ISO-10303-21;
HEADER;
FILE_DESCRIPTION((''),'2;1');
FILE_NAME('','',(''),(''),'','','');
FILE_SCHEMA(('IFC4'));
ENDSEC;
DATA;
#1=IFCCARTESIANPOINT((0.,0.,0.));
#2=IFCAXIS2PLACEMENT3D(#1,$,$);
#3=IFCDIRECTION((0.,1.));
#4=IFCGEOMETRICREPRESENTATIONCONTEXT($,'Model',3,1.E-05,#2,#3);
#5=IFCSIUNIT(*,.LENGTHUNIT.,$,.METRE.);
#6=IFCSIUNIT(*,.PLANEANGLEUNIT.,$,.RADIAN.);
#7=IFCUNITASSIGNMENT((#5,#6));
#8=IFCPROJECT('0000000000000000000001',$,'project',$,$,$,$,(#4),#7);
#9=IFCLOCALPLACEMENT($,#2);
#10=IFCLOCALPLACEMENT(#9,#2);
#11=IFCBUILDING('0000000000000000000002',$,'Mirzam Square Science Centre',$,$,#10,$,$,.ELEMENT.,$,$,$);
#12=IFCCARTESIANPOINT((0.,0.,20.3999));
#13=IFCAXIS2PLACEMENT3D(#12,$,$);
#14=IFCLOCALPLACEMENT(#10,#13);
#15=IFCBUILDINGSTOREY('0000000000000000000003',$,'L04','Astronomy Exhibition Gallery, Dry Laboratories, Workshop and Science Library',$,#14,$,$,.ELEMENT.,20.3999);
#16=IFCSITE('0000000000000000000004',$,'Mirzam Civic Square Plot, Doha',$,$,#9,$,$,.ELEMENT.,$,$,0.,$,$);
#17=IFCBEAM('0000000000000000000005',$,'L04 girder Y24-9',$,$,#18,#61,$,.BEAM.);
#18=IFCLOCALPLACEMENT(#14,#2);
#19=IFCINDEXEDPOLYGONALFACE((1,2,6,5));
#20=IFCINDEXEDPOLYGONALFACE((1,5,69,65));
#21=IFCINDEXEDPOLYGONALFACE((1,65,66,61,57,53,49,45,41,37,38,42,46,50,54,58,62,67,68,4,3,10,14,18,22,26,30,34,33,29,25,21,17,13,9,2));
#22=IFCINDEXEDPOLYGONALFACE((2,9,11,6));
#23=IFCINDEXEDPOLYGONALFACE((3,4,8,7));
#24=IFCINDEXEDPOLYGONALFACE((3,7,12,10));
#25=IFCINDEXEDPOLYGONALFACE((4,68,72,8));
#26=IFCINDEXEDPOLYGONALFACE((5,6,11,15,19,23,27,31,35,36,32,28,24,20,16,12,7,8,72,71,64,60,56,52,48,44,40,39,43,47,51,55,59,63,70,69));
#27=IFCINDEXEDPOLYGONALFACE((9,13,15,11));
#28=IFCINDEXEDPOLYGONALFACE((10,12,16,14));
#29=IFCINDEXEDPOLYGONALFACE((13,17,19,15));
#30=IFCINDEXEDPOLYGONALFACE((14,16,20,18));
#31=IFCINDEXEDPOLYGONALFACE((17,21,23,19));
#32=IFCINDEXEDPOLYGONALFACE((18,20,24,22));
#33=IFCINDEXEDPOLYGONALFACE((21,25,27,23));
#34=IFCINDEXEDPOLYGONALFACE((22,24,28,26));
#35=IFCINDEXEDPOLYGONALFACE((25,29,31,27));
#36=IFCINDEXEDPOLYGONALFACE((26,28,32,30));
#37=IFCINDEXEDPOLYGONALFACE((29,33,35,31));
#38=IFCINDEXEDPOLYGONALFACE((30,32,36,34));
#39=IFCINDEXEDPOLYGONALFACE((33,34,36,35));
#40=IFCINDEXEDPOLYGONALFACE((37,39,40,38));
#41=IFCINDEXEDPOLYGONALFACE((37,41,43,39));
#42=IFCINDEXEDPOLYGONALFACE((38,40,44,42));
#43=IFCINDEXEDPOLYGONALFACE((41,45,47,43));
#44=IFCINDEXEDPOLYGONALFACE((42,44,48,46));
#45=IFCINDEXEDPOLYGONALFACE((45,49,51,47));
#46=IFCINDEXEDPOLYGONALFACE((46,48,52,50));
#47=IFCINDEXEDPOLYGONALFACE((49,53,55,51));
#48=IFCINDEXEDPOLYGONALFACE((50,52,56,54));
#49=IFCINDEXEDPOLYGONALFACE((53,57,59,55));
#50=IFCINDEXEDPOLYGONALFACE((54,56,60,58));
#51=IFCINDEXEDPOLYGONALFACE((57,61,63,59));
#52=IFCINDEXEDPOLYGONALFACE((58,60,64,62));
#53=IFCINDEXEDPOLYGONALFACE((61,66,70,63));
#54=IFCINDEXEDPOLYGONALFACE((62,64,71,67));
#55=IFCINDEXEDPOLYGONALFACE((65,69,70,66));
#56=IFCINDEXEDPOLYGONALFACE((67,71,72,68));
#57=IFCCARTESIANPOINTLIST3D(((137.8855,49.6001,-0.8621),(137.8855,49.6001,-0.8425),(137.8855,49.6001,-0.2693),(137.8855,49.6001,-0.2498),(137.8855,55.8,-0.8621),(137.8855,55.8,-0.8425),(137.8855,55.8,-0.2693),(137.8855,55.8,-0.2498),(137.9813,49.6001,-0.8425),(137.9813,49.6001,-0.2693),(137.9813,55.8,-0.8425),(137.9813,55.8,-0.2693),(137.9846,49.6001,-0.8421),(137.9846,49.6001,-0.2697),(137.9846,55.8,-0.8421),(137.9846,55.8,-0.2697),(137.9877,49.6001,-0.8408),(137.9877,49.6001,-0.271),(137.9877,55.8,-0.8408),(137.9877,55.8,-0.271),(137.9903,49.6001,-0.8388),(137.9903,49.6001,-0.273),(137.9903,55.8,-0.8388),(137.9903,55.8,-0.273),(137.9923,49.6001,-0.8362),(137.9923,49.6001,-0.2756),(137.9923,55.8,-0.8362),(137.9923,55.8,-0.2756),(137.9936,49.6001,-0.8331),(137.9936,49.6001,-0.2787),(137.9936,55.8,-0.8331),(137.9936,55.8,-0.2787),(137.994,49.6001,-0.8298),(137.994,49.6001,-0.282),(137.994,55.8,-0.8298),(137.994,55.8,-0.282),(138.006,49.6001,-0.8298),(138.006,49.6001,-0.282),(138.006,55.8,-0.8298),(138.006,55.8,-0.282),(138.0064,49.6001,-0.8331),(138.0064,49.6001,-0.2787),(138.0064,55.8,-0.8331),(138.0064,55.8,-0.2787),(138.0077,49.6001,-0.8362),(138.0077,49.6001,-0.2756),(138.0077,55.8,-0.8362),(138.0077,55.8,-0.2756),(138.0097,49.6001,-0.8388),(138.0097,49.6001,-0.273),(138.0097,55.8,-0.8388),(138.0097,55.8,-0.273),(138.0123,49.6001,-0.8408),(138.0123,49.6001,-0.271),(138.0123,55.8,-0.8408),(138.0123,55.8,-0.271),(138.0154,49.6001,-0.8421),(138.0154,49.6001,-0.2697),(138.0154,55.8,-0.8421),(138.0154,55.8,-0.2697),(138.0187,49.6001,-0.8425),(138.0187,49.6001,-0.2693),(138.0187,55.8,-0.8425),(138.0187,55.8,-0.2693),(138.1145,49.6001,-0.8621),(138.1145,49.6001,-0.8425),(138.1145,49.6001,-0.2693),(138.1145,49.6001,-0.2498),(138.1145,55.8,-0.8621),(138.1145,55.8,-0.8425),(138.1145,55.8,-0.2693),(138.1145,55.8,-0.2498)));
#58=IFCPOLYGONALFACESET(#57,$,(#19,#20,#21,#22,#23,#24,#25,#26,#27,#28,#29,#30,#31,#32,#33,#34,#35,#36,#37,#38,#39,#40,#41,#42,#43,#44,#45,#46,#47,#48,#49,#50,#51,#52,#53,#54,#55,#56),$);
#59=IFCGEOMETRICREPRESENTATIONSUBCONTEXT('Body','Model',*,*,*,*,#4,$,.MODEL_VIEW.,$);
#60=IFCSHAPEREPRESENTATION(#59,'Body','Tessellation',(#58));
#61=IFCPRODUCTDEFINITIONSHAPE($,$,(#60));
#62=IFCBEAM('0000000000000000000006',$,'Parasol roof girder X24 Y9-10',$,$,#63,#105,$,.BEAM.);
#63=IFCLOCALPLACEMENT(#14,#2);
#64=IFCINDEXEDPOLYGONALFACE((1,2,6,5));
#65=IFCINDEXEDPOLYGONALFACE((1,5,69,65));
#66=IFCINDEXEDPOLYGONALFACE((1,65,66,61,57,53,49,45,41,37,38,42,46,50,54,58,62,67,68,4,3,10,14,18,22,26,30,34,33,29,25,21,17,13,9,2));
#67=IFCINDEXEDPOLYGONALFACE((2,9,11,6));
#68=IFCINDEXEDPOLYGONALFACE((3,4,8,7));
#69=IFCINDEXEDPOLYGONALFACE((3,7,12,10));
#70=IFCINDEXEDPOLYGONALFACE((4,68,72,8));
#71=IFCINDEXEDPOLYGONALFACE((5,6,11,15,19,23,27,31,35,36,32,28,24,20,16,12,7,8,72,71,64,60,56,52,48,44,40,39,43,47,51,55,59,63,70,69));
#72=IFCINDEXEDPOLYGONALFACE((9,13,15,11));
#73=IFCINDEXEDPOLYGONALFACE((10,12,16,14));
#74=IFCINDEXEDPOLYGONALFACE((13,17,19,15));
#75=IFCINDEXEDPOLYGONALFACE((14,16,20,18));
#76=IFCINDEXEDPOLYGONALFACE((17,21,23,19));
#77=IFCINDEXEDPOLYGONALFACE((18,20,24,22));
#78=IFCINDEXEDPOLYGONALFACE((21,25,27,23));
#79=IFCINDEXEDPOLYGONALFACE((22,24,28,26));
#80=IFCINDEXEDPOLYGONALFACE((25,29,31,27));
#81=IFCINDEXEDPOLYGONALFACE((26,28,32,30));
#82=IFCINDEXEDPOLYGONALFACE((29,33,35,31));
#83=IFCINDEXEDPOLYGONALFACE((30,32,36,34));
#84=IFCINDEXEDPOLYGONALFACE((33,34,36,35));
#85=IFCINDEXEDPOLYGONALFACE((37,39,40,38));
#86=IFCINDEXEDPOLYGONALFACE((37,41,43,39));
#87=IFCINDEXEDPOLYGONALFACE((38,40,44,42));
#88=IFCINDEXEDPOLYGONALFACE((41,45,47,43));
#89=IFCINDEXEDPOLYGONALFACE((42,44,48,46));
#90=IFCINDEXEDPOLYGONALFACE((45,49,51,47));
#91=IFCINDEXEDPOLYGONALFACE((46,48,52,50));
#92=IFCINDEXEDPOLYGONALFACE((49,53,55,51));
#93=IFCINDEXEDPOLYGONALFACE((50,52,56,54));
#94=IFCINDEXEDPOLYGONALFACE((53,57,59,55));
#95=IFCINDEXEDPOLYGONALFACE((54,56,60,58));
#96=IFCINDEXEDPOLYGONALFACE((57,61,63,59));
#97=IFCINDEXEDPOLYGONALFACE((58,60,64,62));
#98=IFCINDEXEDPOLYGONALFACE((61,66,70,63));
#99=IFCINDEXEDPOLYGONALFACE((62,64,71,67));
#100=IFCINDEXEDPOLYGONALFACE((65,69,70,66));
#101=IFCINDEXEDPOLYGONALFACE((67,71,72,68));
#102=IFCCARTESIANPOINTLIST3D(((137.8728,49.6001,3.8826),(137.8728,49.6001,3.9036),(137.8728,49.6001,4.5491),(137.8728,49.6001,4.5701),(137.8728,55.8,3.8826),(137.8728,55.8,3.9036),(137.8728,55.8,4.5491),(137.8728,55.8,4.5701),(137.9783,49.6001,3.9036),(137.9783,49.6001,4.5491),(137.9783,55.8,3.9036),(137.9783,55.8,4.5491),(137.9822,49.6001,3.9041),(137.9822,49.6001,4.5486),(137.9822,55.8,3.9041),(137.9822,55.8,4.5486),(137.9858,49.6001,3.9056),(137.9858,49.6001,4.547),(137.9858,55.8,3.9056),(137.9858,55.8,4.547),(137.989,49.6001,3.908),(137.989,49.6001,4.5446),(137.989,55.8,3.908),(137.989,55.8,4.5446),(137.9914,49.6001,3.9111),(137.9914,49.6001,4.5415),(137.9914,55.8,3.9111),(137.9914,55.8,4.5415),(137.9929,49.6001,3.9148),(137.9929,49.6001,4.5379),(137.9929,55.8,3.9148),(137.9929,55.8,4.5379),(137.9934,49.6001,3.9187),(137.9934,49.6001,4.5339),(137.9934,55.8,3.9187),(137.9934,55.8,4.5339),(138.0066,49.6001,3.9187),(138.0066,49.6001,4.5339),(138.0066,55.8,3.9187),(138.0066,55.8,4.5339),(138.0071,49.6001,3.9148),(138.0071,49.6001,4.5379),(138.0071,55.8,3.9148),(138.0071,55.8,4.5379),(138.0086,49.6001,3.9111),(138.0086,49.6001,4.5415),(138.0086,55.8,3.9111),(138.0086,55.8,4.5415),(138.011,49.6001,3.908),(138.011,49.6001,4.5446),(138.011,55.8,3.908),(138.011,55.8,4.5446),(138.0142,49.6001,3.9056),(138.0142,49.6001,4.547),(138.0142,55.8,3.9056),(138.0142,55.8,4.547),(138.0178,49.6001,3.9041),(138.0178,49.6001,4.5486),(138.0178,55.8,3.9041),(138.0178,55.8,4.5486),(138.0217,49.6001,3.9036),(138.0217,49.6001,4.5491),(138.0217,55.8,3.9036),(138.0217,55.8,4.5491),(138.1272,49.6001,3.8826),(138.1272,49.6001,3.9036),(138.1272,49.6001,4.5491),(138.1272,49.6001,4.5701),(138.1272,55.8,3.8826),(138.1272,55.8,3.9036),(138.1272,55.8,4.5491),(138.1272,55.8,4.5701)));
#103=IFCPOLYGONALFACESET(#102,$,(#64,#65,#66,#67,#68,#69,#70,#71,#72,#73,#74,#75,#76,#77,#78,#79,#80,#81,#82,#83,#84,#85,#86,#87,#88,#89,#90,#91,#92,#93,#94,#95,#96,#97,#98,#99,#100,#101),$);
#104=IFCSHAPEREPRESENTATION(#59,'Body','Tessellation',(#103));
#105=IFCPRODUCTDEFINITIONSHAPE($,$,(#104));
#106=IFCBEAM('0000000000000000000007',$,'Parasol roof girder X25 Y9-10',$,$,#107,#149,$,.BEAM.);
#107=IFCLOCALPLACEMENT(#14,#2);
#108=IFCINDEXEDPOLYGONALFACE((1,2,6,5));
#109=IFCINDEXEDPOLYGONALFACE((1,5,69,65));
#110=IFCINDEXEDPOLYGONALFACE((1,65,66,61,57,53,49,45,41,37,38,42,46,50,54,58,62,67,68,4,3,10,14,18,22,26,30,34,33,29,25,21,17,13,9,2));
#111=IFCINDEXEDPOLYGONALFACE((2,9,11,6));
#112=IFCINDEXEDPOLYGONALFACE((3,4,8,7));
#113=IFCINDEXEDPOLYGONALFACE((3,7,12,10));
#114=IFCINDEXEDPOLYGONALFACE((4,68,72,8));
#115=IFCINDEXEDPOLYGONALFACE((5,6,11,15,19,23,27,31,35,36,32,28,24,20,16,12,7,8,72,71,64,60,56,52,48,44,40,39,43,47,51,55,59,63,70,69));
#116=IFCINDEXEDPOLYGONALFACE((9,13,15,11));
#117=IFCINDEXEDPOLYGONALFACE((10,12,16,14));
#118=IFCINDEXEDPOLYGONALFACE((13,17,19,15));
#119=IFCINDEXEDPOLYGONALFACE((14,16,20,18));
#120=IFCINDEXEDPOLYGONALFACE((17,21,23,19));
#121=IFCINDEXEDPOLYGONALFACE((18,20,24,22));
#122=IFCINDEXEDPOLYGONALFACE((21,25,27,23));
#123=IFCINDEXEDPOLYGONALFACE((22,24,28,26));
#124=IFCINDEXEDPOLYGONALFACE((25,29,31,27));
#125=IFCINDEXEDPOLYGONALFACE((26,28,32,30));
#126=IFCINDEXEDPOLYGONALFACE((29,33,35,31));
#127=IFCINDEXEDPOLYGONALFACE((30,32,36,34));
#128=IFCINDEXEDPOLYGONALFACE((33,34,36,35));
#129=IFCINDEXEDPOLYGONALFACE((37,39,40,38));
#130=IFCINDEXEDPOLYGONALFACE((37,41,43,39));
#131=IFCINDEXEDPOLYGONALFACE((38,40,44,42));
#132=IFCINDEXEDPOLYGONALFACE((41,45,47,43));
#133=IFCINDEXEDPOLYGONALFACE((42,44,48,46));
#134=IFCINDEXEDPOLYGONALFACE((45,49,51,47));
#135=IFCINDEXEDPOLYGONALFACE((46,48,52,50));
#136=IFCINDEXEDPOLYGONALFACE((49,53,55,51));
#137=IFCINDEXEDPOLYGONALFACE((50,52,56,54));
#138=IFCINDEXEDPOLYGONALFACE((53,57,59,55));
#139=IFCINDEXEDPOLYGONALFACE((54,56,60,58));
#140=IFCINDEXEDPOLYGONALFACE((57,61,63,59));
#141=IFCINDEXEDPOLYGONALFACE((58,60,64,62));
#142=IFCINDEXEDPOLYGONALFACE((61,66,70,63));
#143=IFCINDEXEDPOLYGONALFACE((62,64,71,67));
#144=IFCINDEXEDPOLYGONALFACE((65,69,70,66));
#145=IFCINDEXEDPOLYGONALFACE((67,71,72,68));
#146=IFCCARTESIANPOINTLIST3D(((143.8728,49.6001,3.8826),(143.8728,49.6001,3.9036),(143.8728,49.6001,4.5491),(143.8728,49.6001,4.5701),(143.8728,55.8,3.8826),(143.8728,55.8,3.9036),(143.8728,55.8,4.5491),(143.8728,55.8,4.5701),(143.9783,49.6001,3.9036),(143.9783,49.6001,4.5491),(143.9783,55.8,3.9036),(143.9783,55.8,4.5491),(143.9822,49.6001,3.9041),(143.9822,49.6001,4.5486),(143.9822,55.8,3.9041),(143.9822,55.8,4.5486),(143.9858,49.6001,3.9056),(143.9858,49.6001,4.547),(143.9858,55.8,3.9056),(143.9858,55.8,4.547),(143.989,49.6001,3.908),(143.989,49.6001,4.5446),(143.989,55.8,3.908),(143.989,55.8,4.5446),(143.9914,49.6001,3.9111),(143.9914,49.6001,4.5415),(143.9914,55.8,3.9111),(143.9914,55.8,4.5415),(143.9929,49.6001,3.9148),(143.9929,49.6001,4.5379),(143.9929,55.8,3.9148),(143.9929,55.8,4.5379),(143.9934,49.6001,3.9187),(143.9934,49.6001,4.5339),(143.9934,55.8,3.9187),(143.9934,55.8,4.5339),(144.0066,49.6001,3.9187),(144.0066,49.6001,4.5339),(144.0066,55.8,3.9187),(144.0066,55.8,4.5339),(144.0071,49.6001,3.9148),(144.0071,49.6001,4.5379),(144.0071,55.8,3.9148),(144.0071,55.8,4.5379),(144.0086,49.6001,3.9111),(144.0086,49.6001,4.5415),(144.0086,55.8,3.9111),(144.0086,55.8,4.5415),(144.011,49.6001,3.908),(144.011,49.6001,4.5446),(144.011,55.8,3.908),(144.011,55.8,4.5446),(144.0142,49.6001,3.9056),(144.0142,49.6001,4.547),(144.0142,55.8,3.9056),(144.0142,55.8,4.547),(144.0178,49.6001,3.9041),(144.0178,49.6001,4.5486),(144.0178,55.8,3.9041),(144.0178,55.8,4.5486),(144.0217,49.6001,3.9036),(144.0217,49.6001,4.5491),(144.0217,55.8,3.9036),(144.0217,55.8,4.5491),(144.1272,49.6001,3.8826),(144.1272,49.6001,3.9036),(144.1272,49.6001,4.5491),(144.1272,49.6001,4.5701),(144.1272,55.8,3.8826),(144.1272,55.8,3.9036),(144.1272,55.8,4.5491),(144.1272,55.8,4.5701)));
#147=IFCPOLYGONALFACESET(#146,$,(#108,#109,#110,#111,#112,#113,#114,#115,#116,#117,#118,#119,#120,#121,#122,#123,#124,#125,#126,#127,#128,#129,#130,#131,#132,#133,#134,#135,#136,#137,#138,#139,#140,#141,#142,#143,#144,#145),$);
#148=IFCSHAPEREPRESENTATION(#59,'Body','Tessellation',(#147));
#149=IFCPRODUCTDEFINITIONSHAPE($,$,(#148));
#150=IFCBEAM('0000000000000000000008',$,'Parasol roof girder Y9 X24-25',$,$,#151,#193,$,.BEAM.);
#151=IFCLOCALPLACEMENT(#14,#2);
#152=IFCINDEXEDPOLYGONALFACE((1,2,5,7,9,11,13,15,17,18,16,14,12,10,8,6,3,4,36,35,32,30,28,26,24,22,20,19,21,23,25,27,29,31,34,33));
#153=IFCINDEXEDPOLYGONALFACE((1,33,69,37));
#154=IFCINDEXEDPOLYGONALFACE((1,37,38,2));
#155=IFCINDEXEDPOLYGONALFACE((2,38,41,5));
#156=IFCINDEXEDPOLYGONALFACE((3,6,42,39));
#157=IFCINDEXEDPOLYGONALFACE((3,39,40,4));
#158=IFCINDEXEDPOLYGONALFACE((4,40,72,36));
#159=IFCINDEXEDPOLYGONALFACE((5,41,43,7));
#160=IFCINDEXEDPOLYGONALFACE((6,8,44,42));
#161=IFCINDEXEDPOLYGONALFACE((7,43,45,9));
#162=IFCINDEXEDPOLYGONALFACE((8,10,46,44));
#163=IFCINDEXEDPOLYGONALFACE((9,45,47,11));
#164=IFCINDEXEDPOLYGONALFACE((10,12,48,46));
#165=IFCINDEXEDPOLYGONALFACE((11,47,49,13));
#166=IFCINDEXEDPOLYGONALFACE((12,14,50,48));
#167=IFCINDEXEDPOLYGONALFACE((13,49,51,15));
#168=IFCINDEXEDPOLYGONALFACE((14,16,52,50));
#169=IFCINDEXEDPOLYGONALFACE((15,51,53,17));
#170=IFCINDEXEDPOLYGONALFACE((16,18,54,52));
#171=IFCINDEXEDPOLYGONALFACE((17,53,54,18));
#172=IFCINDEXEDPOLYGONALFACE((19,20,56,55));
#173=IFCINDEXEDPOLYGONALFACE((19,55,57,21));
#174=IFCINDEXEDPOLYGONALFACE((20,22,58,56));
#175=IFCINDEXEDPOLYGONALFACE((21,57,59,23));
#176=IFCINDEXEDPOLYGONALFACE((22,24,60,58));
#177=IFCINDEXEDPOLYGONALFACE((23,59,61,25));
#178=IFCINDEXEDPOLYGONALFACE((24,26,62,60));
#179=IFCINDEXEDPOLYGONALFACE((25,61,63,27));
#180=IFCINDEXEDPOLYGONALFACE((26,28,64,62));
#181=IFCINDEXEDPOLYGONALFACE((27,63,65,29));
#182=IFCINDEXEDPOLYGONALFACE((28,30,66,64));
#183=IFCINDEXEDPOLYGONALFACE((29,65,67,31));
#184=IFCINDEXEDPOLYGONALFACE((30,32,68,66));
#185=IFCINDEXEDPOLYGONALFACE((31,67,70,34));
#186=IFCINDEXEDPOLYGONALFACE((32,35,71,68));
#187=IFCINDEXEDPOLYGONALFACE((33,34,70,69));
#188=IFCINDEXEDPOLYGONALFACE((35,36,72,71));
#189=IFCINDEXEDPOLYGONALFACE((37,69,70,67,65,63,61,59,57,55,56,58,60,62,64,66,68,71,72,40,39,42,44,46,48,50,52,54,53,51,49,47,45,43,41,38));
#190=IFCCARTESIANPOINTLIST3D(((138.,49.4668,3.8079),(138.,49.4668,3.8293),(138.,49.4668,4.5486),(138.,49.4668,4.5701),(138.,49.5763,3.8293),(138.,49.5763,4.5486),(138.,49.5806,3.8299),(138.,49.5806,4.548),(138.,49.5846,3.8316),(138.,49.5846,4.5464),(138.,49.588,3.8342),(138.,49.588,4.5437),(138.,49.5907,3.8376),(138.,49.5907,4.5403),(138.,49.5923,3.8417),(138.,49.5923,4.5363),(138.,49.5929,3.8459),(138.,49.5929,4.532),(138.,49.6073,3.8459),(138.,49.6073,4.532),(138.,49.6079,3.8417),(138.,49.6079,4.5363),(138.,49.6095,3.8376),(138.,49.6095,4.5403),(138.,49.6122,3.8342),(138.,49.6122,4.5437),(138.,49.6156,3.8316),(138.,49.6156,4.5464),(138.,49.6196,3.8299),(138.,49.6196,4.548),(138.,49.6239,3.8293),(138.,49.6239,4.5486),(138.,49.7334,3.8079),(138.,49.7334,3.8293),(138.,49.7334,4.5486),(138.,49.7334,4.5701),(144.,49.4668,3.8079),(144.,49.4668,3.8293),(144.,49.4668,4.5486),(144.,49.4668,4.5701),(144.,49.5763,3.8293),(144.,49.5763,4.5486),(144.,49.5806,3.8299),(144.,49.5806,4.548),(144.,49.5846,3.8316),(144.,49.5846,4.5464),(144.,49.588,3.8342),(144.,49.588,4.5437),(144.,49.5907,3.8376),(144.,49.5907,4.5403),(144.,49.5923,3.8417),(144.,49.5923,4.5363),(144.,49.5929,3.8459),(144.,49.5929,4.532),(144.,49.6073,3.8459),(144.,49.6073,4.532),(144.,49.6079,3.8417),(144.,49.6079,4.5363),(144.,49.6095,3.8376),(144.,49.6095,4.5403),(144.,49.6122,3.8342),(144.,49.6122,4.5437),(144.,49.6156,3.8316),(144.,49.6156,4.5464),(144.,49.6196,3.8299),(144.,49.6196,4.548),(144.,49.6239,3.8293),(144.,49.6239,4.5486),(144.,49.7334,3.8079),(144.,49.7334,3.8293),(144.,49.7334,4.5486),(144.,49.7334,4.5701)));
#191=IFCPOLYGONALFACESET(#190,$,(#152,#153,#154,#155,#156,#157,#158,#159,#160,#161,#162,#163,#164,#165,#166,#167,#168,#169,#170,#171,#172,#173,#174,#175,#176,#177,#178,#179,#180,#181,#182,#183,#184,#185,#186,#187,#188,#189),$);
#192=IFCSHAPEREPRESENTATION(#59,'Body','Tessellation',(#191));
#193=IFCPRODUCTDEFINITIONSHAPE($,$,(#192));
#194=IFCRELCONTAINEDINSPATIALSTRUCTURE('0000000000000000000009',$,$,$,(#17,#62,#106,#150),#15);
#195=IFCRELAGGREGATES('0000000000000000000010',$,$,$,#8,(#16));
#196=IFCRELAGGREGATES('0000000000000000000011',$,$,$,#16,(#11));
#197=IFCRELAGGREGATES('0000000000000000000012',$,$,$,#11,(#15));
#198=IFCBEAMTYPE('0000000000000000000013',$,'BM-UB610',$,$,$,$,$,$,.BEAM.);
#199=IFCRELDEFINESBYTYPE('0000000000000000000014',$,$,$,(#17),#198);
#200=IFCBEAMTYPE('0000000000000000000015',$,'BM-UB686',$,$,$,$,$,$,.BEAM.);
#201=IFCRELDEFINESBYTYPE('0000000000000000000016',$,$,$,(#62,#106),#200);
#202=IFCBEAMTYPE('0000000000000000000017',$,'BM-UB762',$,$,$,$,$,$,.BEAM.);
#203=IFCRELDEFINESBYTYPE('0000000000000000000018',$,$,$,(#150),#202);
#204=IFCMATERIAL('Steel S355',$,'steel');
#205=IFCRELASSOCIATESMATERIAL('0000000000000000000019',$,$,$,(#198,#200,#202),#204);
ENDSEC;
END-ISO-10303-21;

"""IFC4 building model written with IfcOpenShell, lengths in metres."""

from ifc_helpers import new_model, si_unit, direction, frame, origin, origin_2d, place, context, subcontext, project, spatial, i_section, extrude, material, material_profile, profile_set, type_object, element, save


model = new_model("IFC4")

# Units and contexts
model_context = context("Model", 3, precision=1e-05, world=origin(), true_north=direction((0.0, 1.0)))
body_context = subcontext(model_context, "Body", "Model", "MODEL_VIEW")
ifc_project = project(units=[si_unit("LENGTHUNIT", "METRE"), si_unit("PLANEANGLEUNIT", "RADIAN")], contexts=[model_context])

# Site, building, storey
site_placement = place(None, origin())
site = spatial("IfcSite", under=ifc_project, at=site_placement, Name="Mirzam Civic Square Plot, Doha", CompositionType="ELEMENT", RefElevation=0.0)
building_placement = place(site_placement, origin())
building = spatial("IfcBuilding", under=site, at=building_placement, Name="Mirzam Square Science Centre", CompositionType="ELEMENT")
storey_placement = place(building_placement, frame((0.0, 0.0, 20.3999)))
storey = spatial("IfcBuildingStorey", under=building, at=storey_placement, Name="L04", Description="Astronomy Exhibition Gallery, Dry Laboratories, Workshop and Science Library", CompositionType="ELEMENT", Elevation=20.3999)

# Shared definitions
ifc_material_1 = material(Name="Steel S355", Category="steel")

# Beams
ifc_material_profile_1 = material_profile(ifc_material_1, i_section(OverallWidth=0.229, OverallDepth=0.6123, WebThickness=0.012, FlangeThickness=0.0195, FilletRadius=0.0127, at=origin_2d()), Name="610x229x125UB")
ifc_profile_set_1 = profile_set([ifc_material_profile_1], Name="Steel S355")
beam_type_1 = type_object("IfcBeamType", Name="BM-UB610", PredefinedType="BEAM", material=ifc_profile_set_1)
beam_1_placement = place(storey_placement, frame((138.0, 49.6001, -0.5559), z_axis=(0.0, 1.0, 0.0), x_axis=(-1.0, 0.0, 0.0)))
element("IfcBeam", 1, at=beam_1_placement, inside=storey, type_object=beam_type_1, Name="L04 girder Y24-9", PredefinedType="BEAM", context=body_context, shape_type="SweptSolid", body=[
    extrude(i_section(OverallWidth=0.229, OverallDepth=0.6123, WebThickness=0.012, FlangeThickness=0.0195, FilletRadius=0.0127, at=origin_2d()), origin(), (0.0, 0.0, 1.0), 6.2),
])
ifc_material_profile_2 = material_profile(ifc_material_1, i_section(OverallWidth=0.2544, OverallDepth=0.6875, WebThickness=0.0132, FlangeThickness=0.021, FilletRadius=0.0151, at=origin_2d()), Name="686x254x152UB")
ifc_profile_set_2 = profile_set([ifc_material_profile_2], Name="Steel S355")
beam_type_2 = type_object("IfcBeamType", Name="BM-UB686", PredefinedType="BEAM", material=ifc_profile_set_2)
for number, where, z_axis, x_axis, name in (
    (2, (138.0, 49.6001, 4.2263), (0.0, 1.0, 0.0), (-1.0, 0.0, 0.0), "Parasol roof girder X24 Y9-10"),
    (3, (144.0, 49.6001, 4.2263), (0.0, 1.0, 0.0), (-1.0, 0.0, 0.0), "Parasol roof girder X25 Y9-10"),
):
    element("IfcBeam", number, at=place(storey_placement, frame(where, z_axis=z_axis, x_axis=x_axis)), inside=storey, type_object=beam_type_2, Name=name, PredefinedType="BEAM", context=body_context, shape_type="SweptSolid", body=[
        extrude(i_section(OverallWidth=0.2544, OverallDepth=0.6875, WebThickness=0.0132, FlangeThickness=0.021, FilletRadius=0.0151, at=origin_2d()), origin(), (0.0, 0.0, 1.0), 6.2),
    ])
ifc_material_profile_3 = material_profile(ifc_material_1, i_section(OverallWidth=0.2666, OverallDepth=0.7622, WebThickness=0.0144, FlangeThickness=0.0215, FilletRadius=0.0166, at=origin_2d()), Name="762x267x173UB")
ifc_profile_set_3 = profile_set([ifc_material_profile_3], Name="Steel S355")
beam_type_3 = type_object("IfcBeamType", Name="BM-UB762", PredefinedType="BEAM", material=ifc_profile_set_3)
for number, where, z_axis, x_axis, name in (
    (4, (138.0, 49.6001, 4.189), (1.0, 0.0, 0.0), (0.0, 1.0, 0.0), "Parasol roof girder Y9 X24-25"),
):
    element("IfcBeam", number, at=place(storey_placement, frame(where, z_axis=z_axis, x_axis=x_axis)), inside=storey, type_object=beam_type_3, Name=name, PredefinedType="BEAM", context=body_context, shape_type="SweptSolid", body=[
        extrude(i_section(OverallWidth=0.2666, OverallDepth=0.7622, WebThickness=0.0144, FlangeThickness=0.0215, FilletRadius=0.0166, at=origin_2d()), origin(), (0.0, 0.0, 1.0), 6.0),
    ])

save(model, "model.ifc")
